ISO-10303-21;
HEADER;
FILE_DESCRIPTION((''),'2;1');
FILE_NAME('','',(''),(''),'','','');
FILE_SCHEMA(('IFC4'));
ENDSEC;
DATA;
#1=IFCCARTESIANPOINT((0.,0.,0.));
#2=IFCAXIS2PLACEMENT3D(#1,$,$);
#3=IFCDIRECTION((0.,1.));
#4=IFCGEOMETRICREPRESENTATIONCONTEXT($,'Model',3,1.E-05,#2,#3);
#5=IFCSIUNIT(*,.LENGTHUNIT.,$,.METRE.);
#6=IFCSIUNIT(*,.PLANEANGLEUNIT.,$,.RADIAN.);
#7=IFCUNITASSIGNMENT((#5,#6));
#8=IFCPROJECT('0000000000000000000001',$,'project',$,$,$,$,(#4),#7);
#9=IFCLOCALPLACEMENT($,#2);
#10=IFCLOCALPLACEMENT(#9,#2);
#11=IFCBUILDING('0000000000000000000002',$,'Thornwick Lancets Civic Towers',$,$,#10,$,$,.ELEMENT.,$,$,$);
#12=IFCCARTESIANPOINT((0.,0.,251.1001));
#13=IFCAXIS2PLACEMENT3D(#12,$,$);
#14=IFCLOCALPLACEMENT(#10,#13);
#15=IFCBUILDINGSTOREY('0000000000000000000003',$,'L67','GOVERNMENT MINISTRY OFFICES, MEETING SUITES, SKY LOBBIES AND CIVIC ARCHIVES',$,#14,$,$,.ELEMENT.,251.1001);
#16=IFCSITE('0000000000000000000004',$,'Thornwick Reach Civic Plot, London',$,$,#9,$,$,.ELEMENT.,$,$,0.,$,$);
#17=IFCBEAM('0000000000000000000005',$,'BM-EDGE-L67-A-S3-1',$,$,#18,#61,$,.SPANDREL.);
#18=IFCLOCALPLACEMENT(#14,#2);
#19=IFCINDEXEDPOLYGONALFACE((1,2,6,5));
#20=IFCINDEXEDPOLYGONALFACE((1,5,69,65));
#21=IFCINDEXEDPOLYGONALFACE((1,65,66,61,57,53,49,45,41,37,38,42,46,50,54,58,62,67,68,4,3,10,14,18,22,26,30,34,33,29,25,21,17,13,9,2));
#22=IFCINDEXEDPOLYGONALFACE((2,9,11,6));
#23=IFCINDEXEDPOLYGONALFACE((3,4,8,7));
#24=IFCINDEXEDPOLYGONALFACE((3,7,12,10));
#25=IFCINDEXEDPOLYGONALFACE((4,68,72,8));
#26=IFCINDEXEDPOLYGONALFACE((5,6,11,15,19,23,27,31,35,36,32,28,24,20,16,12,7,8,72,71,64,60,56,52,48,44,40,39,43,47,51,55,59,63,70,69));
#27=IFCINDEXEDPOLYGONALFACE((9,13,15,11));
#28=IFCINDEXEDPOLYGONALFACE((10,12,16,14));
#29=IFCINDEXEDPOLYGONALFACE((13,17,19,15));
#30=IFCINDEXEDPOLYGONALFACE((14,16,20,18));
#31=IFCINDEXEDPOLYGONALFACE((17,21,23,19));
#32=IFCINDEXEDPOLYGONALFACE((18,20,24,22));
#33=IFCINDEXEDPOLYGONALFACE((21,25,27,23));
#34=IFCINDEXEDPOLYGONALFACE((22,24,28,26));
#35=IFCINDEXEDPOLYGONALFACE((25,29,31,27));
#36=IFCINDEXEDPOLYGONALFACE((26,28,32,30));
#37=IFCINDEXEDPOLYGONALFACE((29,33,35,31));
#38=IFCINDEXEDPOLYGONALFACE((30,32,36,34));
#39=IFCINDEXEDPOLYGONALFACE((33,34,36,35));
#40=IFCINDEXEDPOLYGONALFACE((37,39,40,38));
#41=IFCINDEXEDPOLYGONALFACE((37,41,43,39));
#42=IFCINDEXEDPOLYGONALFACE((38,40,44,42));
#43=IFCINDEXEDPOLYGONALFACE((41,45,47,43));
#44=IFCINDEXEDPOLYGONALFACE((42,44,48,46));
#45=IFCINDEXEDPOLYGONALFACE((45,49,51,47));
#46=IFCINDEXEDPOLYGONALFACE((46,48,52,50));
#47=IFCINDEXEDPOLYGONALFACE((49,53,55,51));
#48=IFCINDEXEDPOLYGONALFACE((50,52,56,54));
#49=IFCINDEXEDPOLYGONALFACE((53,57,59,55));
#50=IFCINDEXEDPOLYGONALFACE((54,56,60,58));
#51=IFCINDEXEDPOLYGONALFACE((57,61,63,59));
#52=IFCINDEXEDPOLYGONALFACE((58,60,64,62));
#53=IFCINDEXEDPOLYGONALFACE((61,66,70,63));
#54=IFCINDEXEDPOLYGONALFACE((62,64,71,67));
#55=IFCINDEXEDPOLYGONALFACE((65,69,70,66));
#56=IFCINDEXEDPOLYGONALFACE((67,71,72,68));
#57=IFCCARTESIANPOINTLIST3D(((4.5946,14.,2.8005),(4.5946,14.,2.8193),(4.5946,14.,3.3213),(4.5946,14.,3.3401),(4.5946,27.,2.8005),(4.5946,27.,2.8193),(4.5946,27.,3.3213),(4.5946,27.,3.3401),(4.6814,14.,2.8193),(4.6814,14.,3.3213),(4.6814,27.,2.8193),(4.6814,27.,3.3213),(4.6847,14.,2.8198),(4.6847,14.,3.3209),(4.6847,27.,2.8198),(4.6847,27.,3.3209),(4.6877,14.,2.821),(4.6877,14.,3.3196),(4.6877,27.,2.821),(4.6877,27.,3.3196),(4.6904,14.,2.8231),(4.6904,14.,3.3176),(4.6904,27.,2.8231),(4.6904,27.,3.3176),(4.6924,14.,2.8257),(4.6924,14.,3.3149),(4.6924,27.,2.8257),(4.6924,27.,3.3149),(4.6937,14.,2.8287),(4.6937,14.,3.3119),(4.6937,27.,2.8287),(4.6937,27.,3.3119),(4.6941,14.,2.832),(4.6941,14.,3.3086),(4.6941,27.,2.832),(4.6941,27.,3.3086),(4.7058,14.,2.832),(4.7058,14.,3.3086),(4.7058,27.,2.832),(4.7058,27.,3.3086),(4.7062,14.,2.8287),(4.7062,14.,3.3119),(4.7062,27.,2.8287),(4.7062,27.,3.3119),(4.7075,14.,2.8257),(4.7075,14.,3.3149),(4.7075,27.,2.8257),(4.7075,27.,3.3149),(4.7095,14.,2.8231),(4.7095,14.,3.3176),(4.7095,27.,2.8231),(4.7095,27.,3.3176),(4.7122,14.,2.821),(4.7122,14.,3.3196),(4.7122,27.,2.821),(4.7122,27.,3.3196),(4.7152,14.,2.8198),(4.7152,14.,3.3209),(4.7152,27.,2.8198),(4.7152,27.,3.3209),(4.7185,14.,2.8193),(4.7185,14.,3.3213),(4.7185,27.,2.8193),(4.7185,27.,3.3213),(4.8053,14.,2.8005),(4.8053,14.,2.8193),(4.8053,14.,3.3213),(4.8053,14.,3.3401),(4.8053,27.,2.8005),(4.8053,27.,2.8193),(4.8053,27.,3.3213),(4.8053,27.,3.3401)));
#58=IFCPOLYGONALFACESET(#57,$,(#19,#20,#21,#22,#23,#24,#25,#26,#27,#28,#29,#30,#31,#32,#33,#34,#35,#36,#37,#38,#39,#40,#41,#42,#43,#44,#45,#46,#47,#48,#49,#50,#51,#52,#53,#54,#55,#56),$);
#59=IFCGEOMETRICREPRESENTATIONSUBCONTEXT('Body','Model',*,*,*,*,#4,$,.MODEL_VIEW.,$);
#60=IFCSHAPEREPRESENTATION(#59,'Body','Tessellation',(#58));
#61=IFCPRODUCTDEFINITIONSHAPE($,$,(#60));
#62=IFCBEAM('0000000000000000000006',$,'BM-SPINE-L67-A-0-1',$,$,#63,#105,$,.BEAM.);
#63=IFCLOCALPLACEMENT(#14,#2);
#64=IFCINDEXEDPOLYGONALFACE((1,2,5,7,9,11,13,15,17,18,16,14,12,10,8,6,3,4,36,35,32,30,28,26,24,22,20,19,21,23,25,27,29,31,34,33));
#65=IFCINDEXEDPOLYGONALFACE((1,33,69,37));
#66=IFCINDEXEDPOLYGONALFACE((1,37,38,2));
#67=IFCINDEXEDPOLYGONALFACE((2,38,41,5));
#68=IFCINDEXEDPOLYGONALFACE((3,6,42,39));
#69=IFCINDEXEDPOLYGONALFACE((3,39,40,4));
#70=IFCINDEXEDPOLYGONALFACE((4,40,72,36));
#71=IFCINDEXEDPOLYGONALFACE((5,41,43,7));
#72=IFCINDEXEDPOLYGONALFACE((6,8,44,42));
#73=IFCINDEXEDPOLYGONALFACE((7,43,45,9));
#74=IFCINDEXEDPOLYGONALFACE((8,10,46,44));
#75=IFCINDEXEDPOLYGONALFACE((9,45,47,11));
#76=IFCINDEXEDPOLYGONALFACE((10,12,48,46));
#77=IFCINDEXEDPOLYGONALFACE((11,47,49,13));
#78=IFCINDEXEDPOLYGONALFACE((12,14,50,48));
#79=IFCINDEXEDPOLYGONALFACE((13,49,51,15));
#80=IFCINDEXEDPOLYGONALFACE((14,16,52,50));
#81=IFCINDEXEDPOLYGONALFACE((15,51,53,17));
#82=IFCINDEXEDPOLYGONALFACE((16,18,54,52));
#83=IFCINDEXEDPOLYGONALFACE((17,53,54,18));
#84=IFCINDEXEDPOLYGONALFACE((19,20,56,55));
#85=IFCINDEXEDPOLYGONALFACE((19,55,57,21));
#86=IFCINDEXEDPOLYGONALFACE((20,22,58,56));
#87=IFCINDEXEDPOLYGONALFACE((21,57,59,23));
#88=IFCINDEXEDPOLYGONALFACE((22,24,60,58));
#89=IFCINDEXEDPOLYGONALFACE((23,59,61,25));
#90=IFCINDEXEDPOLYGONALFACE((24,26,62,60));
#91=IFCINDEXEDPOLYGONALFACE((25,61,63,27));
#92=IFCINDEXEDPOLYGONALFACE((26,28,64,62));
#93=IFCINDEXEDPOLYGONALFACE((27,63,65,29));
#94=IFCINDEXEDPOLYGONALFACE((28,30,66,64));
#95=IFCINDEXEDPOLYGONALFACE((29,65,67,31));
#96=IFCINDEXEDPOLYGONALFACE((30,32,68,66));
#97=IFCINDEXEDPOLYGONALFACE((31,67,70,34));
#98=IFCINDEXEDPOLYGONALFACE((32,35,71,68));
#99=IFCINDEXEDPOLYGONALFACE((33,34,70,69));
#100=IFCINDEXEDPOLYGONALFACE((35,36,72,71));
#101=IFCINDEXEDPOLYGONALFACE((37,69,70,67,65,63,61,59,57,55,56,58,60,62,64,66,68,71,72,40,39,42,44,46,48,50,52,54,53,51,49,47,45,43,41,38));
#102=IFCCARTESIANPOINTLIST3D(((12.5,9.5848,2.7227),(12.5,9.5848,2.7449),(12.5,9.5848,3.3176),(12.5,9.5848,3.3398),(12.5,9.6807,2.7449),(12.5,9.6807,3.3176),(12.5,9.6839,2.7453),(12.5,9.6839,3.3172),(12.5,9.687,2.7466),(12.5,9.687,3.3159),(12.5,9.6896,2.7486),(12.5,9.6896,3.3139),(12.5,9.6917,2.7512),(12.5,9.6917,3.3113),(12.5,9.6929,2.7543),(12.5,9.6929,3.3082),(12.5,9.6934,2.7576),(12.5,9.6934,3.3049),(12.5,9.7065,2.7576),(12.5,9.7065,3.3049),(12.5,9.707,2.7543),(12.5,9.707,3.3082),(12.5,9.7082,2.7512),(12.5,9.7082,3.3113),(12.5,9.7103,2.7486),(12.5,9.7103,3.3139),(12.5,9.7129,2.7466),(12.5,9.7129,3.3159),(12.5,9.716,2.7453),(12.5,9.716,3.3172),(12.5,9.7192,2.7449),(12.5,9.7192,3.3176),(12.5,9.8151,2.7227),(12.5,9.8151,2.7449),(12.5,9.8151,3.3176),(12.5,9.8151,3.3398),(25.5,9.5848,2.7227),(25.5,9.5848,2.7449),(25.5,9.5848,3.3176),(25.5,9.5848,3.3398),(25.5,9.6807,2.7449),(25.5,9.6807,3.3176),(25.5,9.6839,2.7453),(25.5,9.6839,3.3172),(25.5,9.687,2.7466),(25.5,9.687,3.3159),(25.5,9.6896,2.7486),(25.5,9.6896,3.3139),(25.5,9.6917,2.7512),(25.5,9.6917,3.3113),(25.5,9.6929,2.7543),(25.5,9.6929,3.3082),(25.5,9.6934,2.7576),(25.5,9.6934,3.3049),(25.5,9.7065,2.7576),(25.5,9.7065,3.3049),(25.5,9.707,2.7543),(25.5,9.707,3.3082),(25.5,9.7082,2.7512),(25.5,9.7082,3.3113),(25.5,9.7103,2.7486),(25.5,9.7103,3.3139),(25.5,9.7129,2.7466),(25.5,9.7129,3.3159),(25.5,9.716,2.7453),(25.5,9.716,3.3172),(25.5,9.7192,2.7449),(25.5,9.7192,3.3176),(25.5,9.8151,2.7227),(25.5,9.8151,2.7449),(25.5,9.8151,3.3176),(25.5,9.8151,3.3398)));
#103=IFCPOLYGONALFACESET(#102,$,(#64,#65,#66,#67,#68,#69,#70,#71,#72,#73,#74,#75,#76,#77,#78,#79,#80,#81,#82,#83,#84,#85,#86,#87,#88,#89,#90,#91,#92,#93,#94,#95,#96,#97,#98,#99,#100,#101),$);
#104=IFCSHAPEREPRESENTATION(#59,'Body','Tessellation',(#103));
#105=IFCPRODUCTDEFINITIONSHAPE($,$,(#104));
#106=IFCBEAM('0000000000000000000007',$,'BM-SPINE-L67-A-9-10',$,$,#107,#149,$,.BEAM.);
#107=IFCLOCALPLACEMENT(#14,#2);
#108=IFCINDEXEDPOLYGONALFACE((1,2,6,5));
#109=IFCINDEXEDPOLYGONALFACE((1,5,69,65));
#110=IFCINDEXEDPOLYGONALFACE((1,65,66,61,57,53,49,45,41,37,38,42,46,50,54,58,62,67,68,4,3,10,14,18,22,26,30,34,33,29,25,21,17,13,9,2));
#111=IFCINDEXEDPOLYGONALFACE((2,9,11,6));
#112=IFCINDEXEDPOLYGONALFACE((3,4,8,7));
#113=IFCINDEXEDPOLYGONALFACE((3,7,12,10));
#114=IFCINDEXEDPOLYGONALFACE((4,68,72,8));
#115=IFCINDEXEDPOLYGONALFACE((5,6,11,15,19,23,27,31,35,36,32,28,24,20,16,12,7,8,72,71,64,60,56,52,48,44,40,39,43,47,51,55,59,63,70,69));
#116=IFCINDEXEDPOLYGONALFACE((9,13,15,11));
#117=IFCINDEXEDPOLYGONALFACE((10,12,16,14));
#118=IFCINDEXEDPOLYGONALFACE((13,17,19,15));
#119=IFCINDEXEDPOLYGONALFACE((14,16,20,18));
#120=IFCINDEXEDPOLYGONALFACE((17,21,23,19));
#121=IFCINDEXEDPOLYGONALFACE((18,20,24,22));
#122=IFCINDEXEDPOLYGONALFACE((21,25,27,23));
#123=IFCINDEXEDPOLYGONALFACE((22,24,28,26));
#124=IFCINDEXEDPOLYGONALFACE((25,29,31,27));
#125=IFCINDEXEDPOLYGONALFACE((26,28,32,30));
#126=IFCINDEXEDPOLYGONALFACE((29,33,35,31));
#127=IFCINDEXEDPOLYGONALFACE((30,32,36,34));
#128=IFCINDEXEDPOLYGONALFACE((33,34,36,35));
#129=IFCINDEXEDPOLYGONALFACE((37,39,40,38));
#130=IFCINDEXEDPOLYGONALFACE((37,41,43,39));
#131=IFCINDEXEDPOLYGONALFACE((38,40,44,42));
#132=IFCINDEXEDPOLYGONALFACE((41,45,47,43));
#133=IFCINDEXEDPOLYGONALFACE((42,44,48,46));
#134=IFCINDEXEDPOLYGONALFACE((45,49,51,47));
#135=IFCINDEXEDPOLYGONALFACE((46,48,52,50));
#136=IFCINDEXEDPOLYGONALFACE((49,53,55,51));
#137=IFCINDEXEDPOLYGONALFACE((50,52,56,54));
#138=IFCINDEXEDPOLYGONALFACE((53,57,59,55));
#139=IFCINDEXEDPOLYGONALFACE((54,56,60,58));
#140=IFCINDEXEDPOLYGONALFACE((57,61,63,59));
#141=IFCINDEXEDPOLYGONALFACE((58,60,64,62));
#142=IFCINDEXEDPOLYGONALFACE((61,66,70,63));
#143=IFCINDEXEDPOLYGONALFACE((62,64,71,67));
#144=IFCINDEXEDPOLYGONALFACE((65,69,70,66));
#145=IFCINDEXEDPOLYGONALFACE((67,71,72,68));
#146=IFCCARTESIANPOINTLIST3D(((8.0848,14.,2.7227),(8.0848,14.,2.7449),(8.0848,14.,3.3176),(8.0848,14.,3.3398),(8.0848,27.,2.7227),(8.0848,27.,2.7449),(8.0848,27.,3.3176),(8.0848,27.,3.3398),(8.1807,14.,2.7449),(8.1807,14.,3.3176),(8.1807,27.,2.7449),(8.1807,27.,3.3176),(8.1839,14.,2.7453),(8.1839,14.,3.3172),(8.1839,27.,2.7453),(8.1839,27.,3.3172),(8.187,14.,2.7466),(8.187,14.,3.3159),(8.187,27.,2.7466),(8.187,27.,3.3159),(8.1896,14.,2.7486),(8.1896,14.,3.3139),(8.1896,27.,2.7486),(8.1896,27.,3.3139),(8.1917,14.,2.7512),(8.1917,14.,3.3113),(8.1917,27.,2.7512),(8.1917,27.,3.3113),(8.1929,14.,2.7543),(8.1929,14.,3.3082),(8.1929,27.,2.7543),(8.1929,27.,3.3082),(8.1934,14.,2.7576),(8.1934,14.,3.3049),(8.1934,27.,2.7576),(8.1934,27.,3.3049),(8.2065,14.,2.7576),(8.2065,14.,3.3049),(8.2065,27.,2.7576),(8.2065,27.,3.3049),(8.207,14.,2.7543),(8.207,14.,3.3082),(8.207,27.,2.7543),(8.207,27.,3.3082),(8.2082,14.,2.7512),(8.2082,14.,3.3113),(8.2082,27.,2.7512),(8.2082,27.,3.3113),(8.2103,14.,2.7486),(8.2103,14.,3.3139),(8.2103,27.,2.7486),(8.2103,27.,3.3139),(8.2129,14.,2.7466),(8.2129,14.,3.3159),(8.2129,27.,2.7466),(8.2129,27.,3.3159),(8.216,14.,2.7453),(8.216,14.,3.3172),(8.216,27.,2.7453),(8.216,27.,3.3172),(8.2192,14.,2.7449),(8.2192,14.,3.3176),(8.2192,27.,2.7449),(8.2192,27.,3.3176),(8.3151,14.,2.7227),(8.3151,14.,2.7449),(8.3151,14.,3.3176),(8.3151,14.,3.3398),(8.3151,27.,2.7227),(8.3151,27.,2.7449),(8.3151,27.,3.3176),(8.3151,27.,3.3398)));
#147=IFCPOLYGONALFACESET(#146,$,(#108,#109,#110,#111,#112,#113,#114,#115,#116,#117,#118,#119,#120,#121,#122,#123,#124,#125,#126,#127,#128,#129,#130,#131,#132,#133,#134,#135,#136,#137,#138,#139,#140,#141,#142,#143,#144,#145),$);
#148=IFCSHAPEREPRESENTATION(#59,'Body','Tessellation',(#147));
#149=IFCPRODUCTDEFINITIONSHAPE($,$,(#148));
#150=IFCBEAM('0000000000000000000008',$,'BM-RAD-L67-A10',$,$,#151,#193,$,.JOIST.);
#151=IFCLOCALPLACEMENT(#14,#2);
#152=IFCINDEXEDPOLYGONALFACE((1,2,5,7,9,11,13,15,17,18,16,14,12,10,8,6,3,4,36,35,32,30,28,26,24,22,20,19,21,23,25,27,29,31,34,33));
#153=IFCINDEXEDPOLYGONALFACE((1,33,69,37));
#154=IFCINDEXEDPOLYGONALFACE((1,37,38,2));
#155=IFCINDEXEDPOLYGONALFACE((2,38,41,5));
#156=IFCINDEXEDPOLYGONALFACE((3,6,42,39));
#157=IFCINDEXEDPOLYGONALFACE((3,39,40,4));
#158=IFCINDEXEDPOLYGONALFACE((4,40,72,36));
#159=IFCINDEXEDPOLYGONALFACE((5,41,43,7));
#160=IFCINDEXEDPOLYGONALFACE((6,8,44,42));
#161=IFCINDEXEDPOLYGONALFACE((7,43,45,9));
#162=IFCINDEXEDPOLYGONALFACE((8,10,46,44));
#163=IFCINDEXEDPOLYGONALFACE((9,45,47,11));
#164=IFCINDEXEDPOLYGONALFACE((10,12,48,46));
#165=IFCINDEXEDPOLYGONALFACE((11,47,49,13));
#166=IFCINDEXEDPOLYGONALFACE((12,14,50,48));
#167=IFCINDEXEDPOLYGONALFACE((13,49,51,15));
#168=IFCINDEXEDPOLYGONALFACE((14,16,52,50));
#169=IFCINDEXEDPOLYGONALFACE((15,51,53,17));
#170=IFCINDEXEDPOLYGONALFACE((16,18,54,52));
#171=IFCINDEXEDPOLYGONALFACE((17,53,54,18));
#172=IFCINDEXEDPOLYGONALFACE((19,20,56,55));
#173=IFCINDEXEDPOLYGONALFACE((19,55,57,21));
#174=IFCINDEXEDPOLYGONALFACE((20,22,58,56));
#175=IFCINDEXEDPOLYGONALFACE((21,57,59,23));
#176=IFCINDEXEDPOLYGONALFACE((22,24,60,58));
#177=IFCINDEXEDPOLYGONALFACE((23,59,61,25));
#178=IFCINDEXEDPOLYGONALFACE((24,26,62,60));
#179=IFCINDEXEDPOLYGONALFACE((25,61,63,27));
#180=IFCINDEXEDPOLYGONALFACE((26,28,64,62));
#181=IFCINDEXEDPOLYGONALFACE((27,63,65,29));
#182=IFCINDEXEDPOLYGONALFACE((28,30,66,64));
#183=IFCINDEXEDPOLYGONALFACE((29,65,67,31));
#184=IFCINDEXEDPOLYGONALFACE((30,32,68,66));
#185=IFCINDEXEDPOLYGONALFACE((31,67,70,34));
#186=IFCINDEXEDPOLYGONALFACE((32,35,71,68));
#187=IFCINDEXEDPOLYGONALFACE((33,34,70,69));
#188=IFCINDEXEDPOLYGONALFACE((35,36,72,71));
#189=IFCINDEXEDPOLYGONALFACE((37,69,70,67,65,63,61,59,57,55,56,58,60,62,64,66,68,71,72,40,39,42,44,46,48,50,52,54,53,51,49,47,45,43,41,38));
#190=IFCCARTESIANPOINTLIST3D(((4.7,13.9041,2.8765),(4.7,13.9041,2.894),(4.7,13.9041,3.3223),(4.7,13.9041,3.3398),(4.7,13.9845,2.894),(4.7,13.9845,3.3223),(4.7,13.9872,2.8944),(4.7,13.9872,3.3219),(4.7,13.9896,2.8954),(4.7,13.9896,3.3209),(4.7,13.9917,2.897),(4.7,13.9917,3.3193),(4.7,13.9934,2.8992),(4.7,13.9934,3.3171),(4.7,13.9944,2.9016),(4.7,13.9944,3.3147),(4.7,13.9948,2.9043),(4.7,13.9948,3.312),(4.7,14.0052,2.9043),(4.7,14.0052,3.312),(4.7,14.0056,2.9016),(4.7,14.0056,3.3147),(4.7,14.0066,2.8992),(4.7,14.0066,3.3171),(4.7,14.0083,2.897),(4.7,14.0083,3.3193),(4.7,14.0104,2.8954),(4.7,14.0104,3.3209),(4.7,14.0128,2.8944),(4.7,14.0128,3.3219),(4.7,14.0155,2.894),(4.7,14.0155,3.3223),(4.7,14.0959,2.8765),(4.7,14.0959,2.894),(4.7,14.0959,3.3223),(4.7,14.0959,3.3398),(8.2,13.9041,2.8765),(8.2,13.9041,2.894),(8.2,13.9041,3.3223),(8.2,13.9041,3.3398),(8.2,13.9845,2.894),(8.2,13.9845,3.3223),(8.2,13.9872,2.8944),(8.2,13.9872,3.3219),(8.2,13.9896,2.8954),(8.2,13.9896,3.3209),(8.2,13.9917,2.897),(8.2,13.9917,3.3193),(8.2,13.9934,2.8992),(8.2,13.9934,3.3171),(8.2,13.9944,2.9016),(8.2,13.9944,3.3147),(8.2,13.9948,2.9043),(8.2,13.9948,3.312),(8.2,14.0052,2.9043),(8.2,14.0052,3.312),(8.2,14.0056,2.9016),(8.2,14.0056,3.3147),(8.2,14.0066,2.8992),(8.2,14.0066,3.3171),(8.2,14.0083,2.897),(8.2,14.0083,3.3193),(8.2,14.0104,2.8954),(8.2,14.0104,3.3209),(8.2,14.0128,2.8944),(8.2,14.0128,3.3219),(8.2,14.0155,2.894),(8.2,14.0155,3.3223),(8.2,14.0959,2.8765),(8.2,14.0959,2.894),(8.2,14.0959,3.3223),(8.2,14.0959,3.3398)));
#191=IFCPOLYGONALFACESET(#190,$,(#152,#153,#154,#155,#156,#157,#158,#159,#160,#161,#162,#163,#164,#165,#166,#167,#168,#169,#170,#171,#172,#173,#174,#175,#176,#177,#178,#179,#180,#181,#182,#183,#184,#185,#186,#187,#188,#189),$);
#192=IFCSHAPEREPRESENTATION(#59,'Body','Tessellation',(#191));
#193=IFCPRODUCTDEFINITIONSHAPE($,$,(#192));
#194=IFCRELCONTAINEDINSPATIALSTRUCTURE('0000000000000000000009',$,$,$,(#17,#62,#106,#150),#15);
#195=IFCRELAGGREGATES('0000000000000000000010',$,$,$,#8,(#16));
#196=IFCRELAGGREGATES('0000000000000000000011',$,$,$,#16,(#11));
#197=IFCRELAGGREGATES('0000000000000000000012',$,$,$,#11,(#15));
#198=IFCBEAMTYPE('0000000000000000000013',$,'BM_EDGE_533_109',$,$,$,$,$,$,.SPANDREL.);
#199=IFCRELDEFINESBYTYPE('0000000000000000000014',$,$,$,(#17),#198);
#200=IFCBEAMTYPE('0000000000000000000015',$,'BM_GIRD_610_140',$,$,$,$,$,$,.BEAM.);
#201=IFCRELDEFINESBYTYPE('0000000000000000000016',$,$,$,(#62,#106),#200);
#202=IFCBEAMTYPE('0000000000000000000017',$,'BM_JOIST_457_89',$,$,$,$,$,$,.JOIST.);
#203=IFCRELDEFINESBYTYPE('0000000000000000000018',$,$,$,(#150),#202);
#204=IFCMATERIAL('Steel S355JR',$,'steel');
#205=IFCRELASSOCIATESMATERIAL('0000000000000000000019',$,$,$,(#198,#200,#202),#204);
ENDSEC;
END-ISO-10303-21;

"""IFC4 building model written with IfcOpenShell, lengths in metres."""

from ifc_helpers import new_model, si_unit, direction, frame, origin, origin_2d, place, context, subcontext, project, spatial, i_section, extrude, material, material_profile, profile_set, type_object, element, save


model = new_model("IFC4")

# Units and contexts
model_context = context("Model", 3, precision=1e-05, world=origin(), true_north=direction((0.0, 1.0)))
body_context = subcontext(model_context, "Body", "Model", "MODEL_VIEW")
ifc_project = project(units=[si_unit("LENGTHUNIT", "METRE"), si_unit("PLANEANGLEUNIT", "RADIAN")], contexts=[model_context])

# Site, building, storey
site_placement = place(None, origin())
site = spatial("IfcSite", under=ifc_project, at=site_placement, Name="Thornwick Reach Civic Plot, London", CompositionType="ELEMENT", RefElevation=0.0)
building_placement = place(site_placement, origin())
building = spatial("IfcBuilding", under=site, at=building_placement, Name="Thornwick Lancets Civic Towers", CompositionType="ELEMENT")
storey_placement = place(building_placement, frame((0.0, 0.0, 251.1001)))
storey = spatial("IfcBuildingStorey", under=building, at=storey_placement, Name="L67", Description="GOVERNMENT MINISTRY OFFICES, MEETING SUITES, SKY LOBBIES AND CIVIC ARCHIVES", CompositionType="ELEMENT", Elevation=251.1001)

# Shared definitions
ifc_material_1 = material(Name="Steel S355JR", Category="steel")

# Beams
ifc_material_profile_1 = material_profile(ifc_material_1, i_section(OverallWidth=0.2107, OverallDepth=0.5396, WebThickness=0.0117, FlangeThickness=0.0188, FilletRadius=0.0127, at=origin_2d()), Name="UKB 533x210x109")
ifc_profile_set_1 = profile_set([ifc_material_profile_1], Name="Steel S355JR")
beam_type_1 = type_object("IfcBeamType", Name="BM_EDGE_533_109", PredefinedType="SPANDREL", material=ifc_profile_set_1)
for number, where, z_axis, x_axis, name in (
    (1, (4.7, 14.0, 3.0703), (0.0, 1.0, 0.0), (-1.0, 0.0, 0.0), "BM-EDGE-L67-A-S3-1"),
):
    element("IfcBeam", number, at=place(storey_placement, frame(where, z_axis=z_axis, x_axis=x_axis)), inside=storey, type_object=beam_type_1, Name=name, PredefinedType="SPANDREL", context=body_context, shape_type="SweptSolid", body=[
        extrude(i_section(OverallWidth=0.2107, OverallDepth=0.5396, WebThickness=0.0117, FlangeThickness=0.0188, FilletRadius=0.0127, at=origin_2d()), origin(), (0.0, 0.0, 1.0), 13.0),
    ])
ifc_material_profile_2 = material_profile(ifc_material_1, i_section(OverallWidth=0.2302, OverallDepth=0.6172, WebThickness=0.0132, FlangeThickness=0.0222, FilletRadius=0.0127, at=origin_2d()), Name="UKB 610x229x140")
ifc_profile_set_2 = profile_set([ifc_material_profile_2], Name="Steel S355JR")
beam_type_2 = type_object("IfcBeamType", Name="BM_GIRD_610_140", PredefinedType="BEAM", material=ifc_profile_set_2)
for number, where, z_axis, x_axis, name in (
    (2, (12.5, 9.7, 3.0312), (1.0, 0.0, 0.0), (0.0, 1.0, 0.0), "BM-SPINE-L67-A-0-1"),
    (3, (8.2, 14.0, 3.0312), (0.0, 1.0, 0.0), (-1.0, 0.0, 0.0), "BM-SPINE-L67-A-9-10"),
):
    element("IfcBeam", number, at=place(storey_placement, frame(where, z_axis=z_axis, x_axis=x_axis)), inside=storey, type_object=beam_type_2, Name=name, PredefinedType="BEAM", context=body_context, shape_type="SweptSolid", body=[
        extrude(i_section(OverallWidth=0.2302, OverallDepth=0.6172, WebThickness=0.0132, FlangeThickness=0.0222, FilletRadius=0.0127, at=origin_2d()), origin(), (0.0, 0.0, 1.0), 13.0),
    ])
ifc_material_profile_3 = material_profile(ifc_material_1, i_section(OverallWidth=0.1919, OverallDepth=0.4634, WebThickness=0.0105, FlangeThickness=0.0176, FilletRadius=0.0103, at=origin_2d()), Name="UKB 457x191x89")
ifc_profile_set_3 = profile_set([ifc_material_profile_3], Name="Steel S355JR")
beam_type_3 = type_object("IfcBeamType", Name="BM_JOIST_457_89", PredefinedType="JOIST", material=ifc_profile_set_3)
beam_1_placement = place(storey_placement, frame((8.2, 14.0, 3.1082), z_axis=(-1.0, 0.0, 0.0), x_axis=(0.0, -1.0, 0.0)))
element("IfcBeam", 4, at=beam_1_placement, inside=storey, type_object=beam_type_3, Name="BM-RAD-L67-A10", PredefinedType="JOIST", context=body_context, shape_type="SweptSolid", body=[
    extrude(i_section(OverallWidth=0.1919, OverallDepth=0.4634, WebThickness=0.0105, FlangeThickness=0.0176, FilletRadius=0.0103, at=origin_2d()), origin(), (0.0, 0.0, 1.0), 3.5),
])

save(model, "model.ifc")
